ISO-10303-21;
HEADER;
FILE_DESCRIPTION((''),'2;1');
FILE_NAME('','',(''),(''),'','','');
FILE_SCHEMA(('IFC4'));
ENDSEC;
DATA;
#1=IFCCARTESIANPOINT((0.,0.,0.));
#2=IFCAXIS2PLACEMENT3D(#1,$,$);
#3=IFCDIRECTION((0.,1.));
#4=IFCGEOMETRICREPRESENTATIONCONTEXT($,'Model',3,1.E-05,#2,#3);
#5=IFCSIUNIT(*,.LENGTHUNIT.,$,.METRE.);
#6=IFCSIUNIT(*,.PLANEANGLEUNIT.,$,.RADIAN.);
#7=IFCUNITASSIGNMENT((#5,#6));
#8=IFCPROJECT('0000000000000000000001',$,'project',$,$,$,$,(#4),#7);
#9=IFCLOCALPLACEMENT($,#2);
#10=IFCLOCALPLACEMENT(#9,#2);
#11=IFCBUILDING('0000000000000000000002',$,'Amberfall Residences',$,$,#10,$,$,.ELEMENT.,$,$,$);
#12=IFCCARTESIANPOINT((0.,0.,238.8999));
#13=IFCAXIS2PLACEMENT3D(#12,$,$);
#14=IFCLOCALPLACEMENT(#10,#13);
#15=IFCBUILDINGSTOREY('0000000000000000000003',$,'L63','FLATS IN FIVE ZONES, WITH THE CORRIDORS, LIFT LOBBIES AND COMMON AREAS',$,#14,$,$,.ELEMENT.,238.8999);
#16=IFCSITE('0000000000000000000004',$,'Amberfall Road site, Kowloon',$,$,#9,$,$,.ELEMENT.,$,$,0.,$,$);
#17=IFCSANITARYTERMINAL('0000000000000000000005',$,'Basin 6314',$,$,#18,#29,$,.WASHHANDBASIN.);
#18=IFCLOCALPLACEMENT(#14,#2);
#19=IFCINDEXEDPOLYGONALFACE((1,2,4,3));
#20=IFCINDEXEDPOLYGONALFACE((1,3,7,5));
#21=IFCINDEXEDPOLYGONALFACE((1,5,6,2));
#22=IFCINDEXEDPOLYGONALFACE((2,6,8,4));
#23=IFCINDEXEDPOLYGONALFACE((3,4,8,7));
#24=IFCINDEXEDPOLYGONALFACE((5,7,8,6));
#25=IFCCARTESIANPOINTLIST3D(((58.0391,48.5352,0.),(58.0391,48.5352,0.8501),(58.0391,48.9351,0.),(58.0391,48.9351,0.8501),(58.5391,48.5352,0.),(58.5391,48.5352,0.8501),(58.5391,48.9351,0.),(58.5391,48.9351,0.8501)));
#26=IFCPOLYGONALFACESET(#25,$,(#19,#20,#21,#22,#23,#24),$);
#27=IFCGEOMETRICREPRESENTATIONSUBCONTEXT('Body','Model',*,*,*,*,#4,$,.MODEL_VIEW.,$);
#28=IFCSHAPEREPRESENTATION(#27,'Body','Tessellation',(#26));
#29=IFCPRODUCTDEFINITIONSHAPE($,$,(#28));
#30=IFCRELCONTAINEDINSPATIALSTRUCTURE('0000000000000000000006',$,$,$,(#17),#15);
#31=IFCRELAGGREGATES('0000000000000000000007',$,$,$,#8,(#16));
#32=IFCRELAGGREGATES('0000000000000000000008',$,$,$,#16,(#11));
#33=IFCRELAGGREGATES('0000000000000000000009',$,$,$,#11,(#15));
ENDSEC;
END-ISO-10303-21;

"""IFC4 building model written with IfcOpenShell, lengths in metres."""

from ifc_helpers import new_model, si_unit, direction, frame, origin, origin_2d, place, context, subcontext, project, spatial, rectangle, extrude, element, save


model = new_model("IFC4")

# Units and contexts
model_context = context("Model", 3, precision=1e-05, world=origin(), true_north=direction((0.0, 1.0)))
body_context = subcontext(model_context, "Body", "Model", "MODEL_VIEW")
ifc_project = project(units=[si_unit("LENGTHUNIT", "METRE"), si_unit("PLANEANGLEUNIT", "RADIAN")], contexts=[model_context])

# Site, building, storey
site_placement = place(None, origin())
site = spatial("IfcSite", under=ifc_project, at=site_placement, Name="Amberfall Road site, Kowloon", CompositionType="ELEMENT", RefElevation=0.0)
building_placement = place(site_placement, origin())
building = spatial("IfcBuilding", under=site, at=building_placement, Name="Amberfall Residences", CompositionType="ELEMENT")
storey_placement = place(building_placement, frame((0.0, 0.0, 238.8999)))
storey = spatial("IfcBuildingStorey", under=building, at=storey_placement, Name="L63", Description="FLATS IN FIVE ZONES, WITH THE CORRIDORS, LIFT LOBBIES AND COMMON AREAS", CompositionType="ELEMENT", Elevation=238.8999)

# Sanitary terminal
sanitary_terminal_placement = place(storey_placement, frame((58.2891, 48.7351, 0.0), z_axis=(0.0, 0.0, 1.0), x_axis=(1.0, 0.0, 0.0)))
element("IfcSanitaryTerminal", 1, at=sanitary_terminal_placement, inside=storey, Name="Basin 6314", PredefinedType="WASHHANDBASIN", context=body_context, shape_type="SweptSolid", body=[
    extrude(rectangle(XDim=0.5, YDim=0.3999, at=origin_2d()), origin(), (0.0, 0.0, 1.0), 0.8501),
])

save(model, "model.ifc")
